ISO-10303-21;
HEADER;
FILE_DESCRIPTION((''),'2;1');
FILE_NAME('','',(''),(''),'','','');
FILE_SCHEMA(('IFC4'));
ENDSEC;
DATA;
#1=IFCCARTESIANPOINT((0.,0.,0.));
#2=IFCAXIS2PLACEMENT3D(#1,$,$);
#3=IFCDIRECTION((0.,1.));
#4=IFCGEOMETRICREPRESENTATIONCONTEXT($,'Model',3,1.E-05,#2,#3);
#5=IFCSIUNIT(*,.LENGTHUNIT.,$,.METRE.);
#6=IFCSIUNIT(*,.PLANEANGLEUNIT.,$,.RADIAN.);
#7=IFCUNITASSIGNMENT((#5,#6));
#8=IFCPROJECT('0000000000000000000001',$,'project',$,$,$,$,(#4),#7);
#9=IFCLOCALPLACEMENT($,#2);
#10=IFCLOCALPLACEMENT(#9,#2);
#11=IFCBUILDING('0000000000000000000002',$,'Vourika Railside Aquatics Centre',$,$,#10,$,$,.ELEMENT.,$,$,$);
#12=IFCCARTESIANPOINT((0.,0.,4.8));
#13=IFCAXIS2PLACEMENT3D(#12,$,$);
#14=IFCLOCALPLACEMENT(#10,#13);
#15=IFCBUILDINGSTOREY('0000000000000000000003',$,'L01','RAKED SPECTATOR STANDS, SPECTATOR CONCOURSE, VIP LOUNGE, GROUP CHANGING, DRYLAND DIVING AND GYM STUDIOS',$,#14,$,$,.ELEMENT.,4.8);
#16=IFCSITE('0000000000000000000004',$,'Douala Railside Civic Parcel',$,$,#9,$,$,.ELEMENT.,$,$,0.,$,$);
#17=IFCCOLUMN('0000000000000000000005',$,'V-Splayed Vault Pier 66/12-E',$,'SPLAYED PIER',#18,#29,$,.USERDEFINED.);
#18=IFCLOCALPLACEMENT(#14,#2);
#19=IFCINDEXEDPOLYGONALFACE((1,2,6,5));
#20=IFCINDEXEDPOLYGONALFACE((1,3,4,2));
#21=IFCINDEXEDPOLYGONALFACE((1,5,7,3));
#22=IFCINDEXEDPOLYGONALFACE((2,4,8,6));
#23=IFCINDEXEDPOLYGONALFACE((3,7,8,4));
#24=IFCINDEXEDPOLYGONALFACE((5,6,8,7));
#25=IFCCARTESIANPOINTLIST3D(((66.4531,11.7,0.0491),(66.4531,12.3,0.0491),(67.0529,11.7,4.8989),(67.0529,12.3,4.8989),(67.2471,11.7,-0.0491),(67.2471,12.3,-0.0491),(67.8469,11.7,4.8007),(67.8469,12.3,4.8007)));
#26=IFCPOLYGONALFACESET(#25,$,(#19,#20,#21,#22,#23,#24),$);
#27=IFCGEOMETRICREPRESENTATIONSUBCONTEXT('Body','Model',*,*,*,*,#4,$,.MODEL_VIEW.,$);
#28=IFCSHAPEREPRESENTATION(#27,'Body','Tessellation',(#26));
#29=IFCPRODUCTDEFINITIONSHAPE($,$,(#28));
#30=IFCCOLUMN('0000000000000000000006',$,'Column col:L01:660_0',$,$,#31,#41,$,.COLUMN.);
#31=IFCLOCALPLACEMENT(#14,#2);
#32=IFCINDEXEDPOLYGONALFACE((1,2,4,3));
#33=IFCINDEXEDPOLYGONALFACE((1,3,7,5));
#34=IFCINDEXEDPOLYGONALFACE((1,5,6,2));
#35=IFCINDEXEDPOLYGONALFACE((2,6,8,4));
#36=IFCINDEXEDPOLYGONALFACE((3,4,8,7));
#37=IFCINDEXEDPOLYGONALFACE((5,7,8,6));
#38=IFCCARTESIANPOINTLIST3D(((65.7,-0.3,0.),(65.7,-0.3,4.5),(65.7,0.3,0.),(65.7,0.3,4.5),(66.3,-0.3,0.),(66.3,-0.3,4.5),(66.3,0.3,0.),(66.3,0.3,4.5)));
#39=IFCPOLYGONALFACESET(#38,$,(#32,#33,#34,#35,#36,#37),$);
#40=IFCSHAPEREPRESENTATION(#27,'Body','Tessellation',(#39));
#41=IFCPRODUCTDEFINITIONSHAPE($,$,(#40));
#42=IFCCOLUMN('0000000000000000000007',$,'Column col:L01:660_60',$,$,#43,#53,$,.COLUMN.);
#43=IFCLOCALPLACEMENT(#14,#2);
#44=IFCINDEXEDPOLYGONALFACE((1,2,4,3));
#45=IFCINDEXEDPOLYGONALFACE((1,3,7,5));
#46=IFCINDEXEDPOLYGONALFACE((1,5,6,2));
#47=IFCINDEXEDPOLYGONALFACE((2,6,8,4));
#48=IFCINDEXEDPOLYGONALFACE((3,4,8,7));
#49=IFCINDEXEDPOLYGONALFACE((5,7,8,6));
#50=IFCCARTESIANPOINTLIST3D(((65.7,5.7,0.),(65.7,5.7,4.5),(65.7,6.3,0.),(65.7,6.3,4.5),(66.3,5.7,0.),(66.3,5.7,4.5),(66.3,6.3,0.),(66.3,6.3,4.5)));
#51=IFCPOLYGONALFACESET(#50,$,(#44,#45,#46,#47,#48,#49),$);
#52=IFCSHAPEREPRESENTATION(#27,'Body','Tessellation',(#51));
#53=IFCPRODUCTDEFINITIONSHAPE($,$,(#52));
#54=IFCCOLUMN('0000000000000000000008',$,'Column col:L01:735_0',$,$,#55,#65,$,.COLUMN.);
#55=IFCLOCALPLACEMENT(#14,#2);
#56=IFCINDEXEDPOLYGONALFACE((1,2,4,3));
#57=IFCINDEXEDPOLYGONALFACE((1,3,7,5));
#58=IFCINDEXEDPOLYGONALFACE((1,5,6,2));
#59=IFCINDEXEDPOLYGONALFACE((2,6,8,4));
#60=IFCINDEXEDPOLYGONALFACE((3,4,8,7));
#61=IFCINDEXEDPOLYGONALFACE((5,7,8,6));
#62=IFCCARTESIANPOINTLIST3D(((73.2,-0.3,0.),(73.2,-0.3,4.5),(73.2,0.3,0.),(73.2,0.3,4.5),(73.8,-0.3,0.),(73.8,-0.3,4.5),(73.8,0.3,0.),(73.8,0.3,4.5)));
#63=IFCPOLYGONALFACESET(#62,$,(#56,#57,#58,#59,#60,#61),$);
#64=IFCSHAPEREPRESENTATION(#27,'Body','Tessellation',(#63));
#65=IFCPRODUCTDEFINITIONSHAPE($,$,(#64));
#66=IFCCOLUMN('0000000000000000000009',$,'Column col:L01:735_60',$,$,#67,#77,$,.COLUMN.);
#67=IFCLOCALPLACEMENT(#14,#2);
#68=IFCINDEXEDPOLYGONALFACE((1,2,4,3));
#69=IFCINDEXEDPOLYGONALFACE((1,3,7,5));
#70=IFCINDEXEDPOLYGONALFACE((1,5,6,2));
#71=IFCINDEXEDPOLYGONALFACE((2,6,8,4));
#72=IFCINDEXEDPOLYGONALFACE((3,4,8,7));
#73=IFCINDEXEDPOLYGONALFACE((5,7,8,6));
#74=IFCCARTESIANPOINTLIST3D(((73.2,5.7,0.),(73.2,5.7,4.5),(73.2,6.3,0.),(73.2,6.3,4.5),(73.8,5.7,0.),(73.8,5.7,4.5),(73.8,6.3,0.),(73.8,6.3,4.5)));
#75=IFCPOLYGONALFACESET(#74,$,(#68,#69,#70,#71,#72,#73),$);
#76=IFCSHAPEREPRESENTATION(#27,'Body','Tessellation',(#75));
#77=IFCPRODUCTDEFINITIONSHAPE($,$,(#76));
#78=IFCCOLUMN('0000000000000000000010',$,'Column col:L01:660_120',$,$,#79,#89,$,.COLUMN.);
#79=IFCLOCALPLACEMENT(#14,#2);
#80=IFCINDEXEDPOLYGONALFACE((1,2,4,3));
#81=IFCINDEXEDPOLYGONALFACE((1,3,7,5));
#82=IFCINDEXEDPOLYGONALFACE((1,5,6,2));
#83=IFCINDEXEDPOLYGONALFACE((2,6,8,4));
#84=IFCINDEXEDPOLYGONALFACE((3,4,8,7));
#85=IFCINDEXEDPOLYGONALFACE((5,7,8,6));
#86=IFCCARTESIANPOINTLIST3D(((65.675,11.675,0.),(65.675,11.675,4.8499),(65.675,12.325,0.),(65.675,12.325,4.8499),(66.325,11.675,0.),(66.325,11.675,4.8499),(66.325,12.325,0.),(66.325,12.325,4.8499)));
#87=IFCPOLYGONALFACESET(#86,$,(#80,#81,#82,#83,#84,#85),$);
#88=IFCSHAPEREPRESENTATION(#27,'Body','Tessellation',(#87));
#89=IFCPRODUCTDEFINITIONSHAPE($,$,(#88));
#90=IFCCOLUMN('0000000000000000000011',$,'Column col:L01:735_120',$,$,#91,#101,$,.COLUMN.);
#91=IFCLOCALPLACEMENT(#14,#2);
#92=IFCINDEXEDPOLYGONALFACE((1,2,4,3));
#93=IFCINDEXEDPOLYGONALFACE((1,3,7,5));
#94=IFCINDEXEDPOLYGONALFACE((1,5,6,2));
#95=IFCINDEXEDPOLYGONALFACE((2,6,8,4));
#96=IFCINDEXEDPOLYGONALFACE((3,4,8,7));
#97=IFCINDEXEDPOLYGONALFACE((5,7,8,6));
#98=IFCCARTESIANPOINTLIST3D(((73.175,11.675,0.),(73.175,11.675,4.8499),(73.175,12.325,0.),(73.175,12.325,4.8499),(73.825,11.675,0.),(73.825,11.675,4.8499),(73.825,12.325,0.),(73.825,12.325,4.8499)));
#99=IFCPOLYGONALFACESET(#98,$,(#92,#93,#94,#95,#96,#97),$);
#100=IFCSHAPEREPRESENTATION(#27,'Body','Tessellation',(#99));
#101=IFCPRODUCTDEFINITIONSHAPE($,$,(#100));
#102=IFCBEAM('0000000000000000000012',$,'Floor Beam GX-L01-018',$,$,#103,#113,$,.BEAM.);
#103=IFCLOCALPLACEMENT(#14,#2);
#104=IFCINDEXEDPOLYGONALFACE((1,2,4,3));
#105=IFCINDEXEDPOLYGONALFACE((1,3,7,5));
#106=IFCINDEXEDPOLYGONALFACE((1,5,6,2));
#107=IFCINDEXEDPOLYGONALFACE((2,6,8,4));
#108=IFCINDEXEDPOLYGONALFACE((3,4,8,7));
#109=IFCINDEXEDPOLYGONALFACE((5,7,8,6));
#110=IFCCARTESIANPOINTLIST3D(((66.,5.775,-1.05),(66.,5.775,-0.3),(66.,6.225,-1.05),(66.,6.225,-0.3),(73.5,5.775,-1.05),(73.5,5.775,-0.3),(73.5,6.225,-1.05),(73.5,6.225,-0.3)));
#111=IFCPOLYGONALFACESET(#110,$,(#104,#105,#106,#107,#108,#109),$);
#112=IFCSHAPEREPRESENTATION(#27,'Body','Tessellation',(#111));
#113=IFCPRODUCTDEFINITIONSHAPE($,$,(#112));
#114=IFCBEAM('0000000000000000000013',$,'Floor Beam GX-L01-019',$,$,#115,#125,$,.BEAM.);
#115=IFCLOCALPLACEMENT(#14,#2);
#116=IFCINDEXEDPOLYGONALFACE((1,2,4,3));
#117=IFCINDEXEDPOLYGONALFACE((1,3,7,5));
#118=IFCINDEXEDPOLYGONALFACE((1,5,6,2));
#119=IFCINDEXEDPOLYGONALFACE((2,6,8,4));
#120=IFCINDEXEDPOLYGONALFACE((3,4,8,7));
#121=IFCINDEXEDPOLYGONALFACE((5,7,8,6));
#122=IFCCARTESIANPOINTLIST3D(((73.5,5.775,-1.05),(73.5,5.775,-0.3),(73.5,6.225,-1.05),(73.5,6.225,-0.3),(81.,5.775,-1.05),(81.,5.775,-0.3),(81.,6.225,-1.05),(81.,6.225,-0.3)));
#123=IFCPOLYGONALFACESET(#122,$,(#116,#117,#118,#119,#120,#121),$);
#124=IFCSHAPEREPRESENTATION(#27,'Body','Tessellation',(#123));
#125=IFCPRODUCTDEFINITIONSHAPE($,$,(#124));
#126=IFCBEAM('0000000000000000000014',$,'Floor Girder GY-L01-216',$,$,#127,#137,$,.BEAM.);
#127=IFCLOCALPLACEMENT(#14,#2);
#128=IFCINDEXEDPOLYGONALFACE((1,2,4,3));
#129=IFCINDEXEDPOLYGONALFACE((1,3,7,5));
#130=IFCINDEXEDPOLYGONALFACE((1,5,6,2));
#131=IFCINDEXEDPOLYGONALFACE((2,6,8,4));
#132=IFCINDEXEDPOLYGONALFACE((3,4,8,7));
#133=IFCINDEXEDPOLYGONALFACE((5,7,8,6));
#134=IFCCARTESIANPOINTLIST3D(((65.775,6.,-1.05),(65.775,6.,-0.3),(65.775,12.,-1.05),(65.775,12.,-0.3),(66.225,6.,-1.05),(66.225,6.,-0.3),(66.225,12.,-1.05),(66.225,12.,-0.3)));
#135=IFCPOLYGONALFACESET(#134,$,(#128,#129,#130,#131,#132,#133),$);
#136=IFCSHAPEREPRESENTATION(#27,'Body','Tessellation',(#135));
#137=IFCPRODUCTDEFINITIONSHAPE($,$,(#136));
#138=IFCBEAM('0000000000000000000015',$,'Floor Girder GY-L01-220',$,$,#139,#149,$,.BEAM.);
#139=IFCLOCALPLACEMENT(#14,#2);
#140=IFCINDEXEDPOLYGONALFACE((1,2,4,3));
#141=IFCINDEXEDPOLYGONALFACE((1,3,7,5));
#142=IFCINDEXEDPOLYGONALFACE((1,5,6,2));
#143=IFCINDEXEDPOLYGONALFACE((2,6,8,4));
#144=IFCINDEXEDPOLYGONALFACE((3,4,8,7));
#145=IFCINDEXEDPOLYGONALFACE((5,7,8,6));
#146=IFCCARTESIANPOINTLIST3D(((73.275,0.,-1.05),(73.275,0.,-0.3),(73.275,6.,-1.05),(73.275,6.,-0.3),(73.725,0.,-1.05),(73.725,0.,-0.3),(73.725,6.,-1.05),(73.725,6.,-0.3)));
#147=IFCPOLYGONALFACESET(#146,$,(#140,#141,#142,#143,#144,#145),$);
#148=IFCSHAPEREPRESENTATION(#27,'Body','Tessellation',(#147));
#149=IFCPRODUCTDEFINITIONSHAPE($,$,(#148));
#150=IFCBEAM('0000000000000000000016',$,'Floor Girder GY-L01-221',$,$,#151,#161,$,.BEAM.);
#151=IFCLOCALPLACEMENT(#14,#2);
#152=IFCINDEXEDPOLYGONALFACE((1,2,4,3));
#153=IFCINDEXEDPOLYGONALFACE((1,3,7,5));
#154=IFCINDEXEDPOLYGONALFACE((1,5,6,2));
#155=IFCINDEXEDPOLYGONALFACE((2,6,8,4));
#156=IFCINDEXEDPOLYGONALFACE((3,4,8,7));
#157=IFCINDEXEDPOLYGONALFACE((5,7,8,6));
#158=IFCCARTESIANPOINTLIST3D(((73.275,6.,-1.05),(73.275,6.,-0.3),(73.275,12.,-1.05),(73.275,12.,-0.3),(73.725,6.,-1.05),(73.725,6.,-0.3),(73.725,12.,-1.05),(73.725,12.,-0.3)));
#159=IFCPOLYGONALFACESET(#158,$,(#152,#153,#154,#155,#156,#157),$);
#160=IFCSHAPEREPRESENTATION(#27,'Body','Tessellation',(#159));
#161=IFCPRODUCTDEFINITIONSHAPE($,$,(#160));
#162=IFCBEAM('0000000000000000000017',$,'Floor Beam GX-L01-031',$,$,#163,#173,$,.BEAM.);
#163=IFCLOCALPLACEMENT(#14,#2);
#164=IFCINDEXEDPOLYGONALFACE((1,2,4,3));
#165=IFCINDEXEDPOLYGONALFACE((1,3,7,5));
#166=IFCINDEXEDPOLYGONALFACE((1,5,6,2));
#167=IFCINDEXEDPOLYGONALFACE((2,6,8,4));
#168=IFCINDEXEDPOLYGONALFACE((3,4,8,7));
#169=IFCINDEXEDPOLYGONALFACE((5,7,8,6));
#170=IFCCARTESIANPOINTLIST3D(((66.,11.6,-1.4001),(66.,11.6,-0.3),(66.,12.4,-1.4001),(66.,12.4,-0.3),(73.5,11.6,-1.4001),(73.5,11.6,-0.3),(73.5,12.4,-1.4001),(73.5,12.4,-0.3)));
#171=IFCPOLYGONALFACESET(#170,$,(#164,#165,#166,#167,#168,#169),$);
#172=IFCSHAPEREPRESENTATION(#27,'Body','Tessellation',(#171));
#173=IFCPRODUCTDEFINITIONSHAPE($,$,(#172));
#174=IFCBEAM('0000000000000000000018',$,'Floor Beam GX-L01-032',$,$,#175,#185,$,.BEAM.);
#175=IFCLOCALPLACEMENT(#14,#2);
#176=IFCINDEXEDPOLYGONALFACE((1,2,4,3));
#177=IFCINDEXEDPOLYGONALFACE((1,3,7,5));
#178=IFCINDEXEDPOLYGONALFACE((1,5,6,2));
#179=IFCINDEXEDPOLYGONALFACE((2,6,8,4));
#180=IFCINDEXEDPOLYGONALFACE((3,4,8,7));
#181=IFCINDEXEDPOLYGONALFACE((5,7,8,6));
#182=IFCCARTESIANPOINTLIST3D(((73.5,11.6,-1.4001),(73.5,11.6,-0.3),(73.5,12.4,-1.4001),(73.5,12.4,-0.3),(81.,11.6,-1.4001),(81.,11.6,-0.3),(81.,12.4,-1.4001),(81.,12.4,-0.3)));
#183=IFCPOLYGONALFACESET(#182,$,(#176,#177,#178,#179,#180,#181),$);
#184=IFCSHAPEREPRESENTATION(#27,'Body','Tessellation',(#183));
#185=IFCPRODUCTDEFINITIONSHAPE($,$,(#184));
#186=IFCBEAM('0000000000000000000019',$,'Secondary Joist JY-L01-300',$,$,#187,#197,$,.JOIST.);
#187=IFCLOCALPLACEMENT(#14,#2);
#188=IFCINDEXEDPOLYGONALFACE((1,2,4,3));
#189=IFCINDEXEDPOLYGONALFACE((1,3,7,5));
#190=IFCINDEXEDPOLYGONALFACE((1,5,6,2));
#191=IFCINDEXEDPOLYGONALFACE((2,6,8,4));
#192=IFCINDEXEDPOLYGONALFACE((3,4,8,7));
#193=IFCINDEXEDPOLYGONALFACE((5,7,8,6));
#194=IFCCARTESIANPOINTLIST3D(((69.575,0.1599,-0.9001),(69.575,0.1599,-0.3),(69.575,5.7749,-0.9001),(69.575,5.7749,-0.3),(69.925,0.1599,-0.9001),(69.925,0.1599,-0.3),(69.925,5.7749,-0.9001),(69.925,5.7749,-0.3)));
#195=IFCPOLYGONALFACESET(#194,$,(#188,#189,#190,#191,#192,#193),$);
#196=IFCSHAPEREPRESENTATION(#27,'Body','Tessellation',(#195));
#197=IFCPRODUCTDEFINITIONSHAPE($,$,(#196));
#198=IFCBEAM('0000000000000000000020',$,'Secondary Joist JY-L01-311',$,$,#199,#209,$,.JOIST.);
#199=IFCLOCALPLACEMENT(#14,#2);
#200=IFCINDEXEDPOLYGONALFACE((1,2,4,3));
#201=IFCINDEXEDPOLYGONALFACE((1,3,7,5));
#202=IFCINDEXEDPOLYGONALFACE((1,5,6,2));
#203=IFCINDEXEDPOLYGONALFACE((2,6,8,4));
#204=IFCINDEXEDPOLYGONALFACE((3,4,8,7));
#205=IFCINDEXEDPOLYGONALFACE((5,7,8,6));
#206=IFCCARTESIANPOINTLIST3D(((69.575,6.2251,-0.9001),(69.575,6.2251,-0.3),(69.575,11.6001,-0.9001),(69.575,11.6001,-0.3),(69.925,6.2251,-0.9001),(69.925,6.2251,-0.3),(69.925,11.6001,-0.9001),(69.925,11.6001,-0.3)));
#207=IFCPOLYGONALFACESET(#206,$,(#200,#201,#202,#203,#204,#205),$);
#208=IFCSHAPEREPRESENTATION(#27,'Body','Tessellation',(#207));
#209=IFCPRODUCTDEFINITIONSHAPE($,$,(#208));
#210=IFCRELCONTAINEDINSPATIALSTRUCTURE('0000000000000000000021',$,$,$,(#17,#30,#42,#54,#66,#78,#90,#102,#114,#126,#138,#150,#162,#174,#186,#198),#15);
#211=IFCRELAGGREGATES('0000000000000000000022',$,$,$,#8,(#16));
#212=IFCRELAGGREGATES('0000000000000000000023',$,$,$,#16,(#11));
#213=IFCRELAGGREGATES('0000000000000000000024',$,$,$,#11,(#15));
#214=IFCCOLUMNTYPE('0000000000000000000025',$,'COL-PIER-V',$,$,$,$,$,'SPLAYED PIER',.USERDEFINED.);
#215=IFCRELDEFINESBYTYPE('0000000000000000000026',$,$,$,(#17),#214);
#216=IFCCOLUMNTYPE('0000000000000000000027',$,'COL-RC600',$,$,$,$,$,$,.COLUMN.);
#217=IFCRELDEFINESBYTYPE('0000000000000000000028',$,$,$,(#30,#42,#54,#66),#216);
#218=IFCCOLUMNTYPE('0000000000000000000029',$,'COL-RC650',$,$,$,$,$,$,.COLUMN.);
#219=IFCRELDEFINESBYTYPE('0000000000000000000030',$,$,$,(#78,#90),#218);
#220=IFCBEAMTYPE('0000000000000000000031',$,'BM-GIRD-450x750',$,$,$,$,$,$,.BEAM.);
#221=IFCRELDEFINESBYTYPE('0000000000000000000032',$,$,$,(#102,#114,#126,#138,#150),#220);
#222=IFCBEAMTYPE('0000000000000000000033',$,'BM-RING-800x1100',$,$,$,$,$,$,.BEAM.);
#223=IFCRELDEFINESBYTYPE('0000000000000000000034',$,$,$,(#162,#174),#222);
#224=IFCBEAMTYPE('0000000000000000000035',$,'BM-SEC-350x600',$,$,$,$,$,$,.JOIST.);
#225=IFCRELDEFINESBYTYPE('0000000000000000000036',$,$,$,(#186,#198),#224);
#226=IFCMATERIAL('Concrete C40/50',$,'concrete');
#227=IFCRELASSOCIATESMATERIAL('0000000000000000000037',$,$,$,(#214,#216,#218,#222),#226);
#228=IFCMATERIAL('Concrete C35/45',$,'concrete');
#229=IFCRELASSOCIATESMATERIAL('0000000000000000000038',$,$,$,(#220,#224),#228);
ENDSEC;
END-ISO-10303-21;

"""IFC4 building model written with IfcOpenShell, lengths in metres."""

from ifc_helpers import new_model, si_unit, direction, frame, origin, origin_2d, place, context, subcontext, project, spatial, rectangle, extrude, material, material_profile, profile_set, type_object, element, save


model = new_model("IFC4")

# Units and contexts
model_context = context("Model", 3, precision=1e-05, world=origin(), true_north=direction((0.0, 1.0)))
body_context = subcontext(model_context, "Body", "Model", "MODEL_VIEW")
ifc_project = project(units=[si_unit("LENGTHUNIT", "METRE"), si_unit("PLANEANGLEUNIT", "RADIAN")], contexts=[model_context])

# Site, building, storey
site_placement = place(None, origin())
site = spatial("IfcSite", under=ifc_project, at=site_placement, Name="Douala Railside Civic Parcel", CompositionType="ELEMENT", RefElevation=0.0)
building_placement = place(site_placement, origin())
building = spatial("IfcBuilding", under=site, at=building_placement, Name="Vourika Railside Aquatics Centre", CompositionType="ELEMENT")
storey_placement = place(building_placement, frame((0.0, 0.0, 4.8)))
storey = spatial("IfcBuildingStorey", under=building, at=storey_placement, Name="L01", Description="RAKED SPECTATOR STANDS, SPECTATOR CONCOURSE, VIP LOUNGE, GROUP CHANGING, DRYLAND DIVING AND GYM STUDIOS", CompositionType="ELEMENT", Elevation=4.8)

# Columns
ifc_material_1 = material(Name="Concrete C40/50", Category="concrete")
ifc_material_profile_1 = material_profile(ifc_material_1, rectangle(XDim=0.6001, YDim=0.8, at=origin_2d()), Name="RC 600x800")
ifc_profile_set_1 = profile_set([ifc_material_profile_1], Name="Concrete C40/50")
column_type_1 = type_object("IfcColumnType", Name="COL-PIER-V", ElementType="SPLAYED PIER", PredefinedType="USERDEFINED", material=ifc_profile_set_1)
column_placement = place(storey_placement, frame((66.8501, 12.0, 0.0), z_axis=(0.12275, 0.0, 0.992438), x_axis=(0.0, 1.0, 0.0)))
element("IfcColumn", 1, at=column_placement, inside=storey, type_object=column_type_1, Name="V-Splayed Vault Pier 66/12-E", ObjectType="SPLAYED PIER", PredefinedType="USERDEFINED", context=body_context, shape_type="SweptSolid", body=[
    extrude(rectangle(XDim=0.6001, YDim=0.8, at=origin_2d()), origin(), (0.0, 0.0, 1.0), 4.8867),
])
ifc_material_profile_2 = material_profile(ifc_material_1, rectangle(XDim=0.6001, YDim=0.6001, at=origin_2d()), Name="RC 600x600")
ifc_profile_set_2 = profile_set([ifc_material_profile_2], Name="Concrete C40/50")
column_type_2 = type_object("IfcColumnType", Name="COL-RC600", PredefinedType="COLUMN", material=ifc_profile_set_2)
for number, where, z_axis, x_axis, name in (
    (2, (66.0, 0.0, 0.0), (0.0, 0.0, 1.0), (1.0, 0.0, 0.0), "Column col:L01:660_0"),
    (3, (66.0, 6.0, 0.0), (0.0, 0.0, 1.0), (1.0, 0.0, 0.0), "Column col:L01:660_60"),
    (4, (73.5, 0.0, 0.0), (0.0, 0.0, 1.0), (1.0, 0.0, 0.0), "Column col:L01:735_0"),
    (5, (73.5, 6.0, 0.0), (0.0, 0.0, 1.0), (1.0, 0.0, 0.0), "Column col:L01:735_60"),
):
    element("IfcColumn", number, at=place(storey_placement, frame(where, z_axis=z_axis, x_axis=x_axis)), inside=storey, type_object=column_type_2, Name=name, PredefinedType="COLUMN", context=body_context, shape_type="SweptSolid", body=[
        extrude(rectangle(XDim=0.6001, YDim=0.6001, at=origin_2d()), origin(), (0.0, 0.0, 1.0), 4.5),
    ])
ifc_material_profile_3 = material_profile(ifc_material_1, rectangle(XDim=0.6499, YDim=0.6499, at=origin_2d()), Name="RC 650x650")
ifc_profile_set_3 = profile_set([ifc_material_profile_3], Name="Concrete C40/50")
column_type_3 = type_object("IfcColumnType", Name="COL-RC650", PredefinedType="COLUMN", material=ifc_profile_set_3)
for number, where, z_axis, x_axis, name in (
    (6, (66.0, 12.0, 0.0), (0.0, 0.0, 1.0), (1.0, 0.0, 0.0), "Column col:L01:660_120"),
    (7, (73.5, 12.0, 0.0), (0.0, 0.0, 1.0), (1.0, 0.0, 0.0), "Column col:L01:735_120"),
):
    element("IfcColumn", number, at=place(storey_placement, frame(where, z_axis=z_axis, x_axis=x_axis)), inside=storey, type_object=column_type_3, Name=name, PredefinedType="COLUMN", context=body_context, shape_type="SweptSolid", body=[
        extrude(rectangle(XDim=0.6499, YDim=0.6499, at=origin_2d()), origin(), (0.0, 0.0, 1.0), 4.8499),
    ])

# Beams
ifc_material_2 = material(Name="Concrete C35/45", Category="concrete")
ifc_material_profile_4 = material_profile(ifc_material_2, rectangle(XDim=0.45, YDim=0.75, at=origin_2d()), Name="RC 450x750")
ifc_profile_set_4 = profile_set([ifc_material_profile_4], Name="Concrete C35/45")
beam_type_1 = type_object("IfcBeamType", Name="BM-GIRD-450x750", PredefinedType="BEAM", material=ifc_profile_set_4)
for number, where, z_axis, x_axis, name in (
    (8, (66.0, 6.0, -0.675), (1.0, 0.0, 0.0), (0.0, 1.0, 0.0), "Floor Beam GX-L01-018"),
    (9, (73.5, 6.0, -0.675), (1.0, 0.0, 0.0), (0.0, 1.0, 0.0), "Floor Beam GX-L01-019"),
):
    element("IfcBeam", number, at=place(storey_placement, frame(where, z_axis=z_axis, x_axis=x_axis)), inside=storey, type_object=beam_type_1, Name=name, PredefinedType="BEAM", context=body_context, shape_type="SweptSolid", body=[
        extrude(rectangle(XDim=0.45, YDim=0.75, at=origin_2d()), origin(), (0.0, 0.0, 1.0), 7.5),
    ])
for number, where, z_axis, x_axis, name in (
    (10, (66.0, 6.0, -0.675), (0.0, 1.0, 0.0), (-1.0, 0.0, 0.0), "Floor Girder GY-L01-216"),
    (11, (73.5, 0.0, -0.675), (0.0, 1.0, 0.0), (-1.0, 0.0, 0.0), "Floor Girder GY-L01-220"),
    (12, (73.5, 6.0, -0.675), (0.0, 1.0, 0.0), (-1.0, 0.0, 0.0), "Floor Girder GY-L01-221"),
):
    element("IfcBeam", number, at=place(storey_placement, frame(where, z_axis=z_axis, x_axis=x_axis)), inside=storey, type_object=beam_type_1, Name=name, PredefinedType="BEAM", context=body_context, shape_type="SweptSolid", body=[
        extrude(rectangle(XDim=0.45, YDim=0.75, at=origin_2d()), origin(), (0.0, 0.0, 1.0), 6.0),
    ])
ifc_material_profile_5 = material_profile(ifc_material_1, rectangle(XDim=0.8, YDim=1.1001, at=origin_2d()), Name="RC 800x1100")
ifc_profile_set_5 = profile_set([ifc_material_profile_5], Name="Concrete C40/50")
beam_type_2 = type_object("IfcBeamType", Name="BM-RING-800x1100", PredefinedType="BEAM", material=ifc_profile_set_5)
for number, where, z_axis, x_axis, name in (
    (13, (66.0, 12.0, -0.8501), (1.0, 0.0, 0.0), (0.0, 1.0, 0.0), "Floor Beam GX-L01-031"),
    (14, (73.5, 12.0, -0.8501), (1.0, 0.0, 0.0), (0.0, 1.0, 0.0), "Floor Beam GX-L01-032"),
):
    element("IfcBeam", number, at=place(storey_placement, frame(where, z_axis=z_axis, x_axis=x_axis)), inside=storey, type_object=beam_type_2, Name=name, PredefinedType="BEAM", context=body_context, shape_type="SweptSolid", body=[
        extrude(rectangle(XDim=0.8, YDim=1.1001, at=origin_2d()), origin(), (0.0, 0.0, 1.0), 7.5),
    ])
ifc_material_profile_6 = material_profile(ifc_material_2, rectangle(XDim=0.3501, YDim=0.6001, at=origin_2d()), Name="RC 350x600")
ifc_profile_set_6 = profile_set([ifc_material_profile_6], Name="Concrete C35/45")
beam_type_3 = type_object("IfcBeamType", Name="BM-SEC-350x600", PredefinedType="JOIST", material=ifc_profile_set_6)
beam_1_placement = place(storey_placement, frame((69.75, 0.1599, -0.6001), z_axis=(0.0, 1.0, 0.0), x_axis=(-1.0, 0.0, 0.0)))
element("IfcBeam", 15, at=beam_1_placement, inside=storey, type_object=beam_type_3, Name="Secondary Joist JY-L01-300", PredefinedType="JOIST", context=body_context, shape_type="SweptSolid", body=[
    extrude(rectangle(XDim=0.3501, YDim=0.6001, at=origin_2d()), origin(), (0.0, 0.0, 1.0), 5.615),
])
beam_2_placement = place(storey_placement, frame((69.75, 6.2251, -0.6001), z_axis=(0.0, 1.0, 0.0), x_axis=(-1.0, 0.0, 0.0)))
element("IfcBeam", 16, at=beam_2_placement, inside=storey, type_object=beam_type_3, Name="Secondary Joist JY-L01-311", PredefinedType="JOIST", context=body_context, shape_type="SweptSolid", body=[
    extrude(rectangle(XDim=0.3501, YDim=0.6001, at=origin_2d()), origin(), (0.0, 0.0, 1.0), 5.375),
])

save(model, "model.ifc")
